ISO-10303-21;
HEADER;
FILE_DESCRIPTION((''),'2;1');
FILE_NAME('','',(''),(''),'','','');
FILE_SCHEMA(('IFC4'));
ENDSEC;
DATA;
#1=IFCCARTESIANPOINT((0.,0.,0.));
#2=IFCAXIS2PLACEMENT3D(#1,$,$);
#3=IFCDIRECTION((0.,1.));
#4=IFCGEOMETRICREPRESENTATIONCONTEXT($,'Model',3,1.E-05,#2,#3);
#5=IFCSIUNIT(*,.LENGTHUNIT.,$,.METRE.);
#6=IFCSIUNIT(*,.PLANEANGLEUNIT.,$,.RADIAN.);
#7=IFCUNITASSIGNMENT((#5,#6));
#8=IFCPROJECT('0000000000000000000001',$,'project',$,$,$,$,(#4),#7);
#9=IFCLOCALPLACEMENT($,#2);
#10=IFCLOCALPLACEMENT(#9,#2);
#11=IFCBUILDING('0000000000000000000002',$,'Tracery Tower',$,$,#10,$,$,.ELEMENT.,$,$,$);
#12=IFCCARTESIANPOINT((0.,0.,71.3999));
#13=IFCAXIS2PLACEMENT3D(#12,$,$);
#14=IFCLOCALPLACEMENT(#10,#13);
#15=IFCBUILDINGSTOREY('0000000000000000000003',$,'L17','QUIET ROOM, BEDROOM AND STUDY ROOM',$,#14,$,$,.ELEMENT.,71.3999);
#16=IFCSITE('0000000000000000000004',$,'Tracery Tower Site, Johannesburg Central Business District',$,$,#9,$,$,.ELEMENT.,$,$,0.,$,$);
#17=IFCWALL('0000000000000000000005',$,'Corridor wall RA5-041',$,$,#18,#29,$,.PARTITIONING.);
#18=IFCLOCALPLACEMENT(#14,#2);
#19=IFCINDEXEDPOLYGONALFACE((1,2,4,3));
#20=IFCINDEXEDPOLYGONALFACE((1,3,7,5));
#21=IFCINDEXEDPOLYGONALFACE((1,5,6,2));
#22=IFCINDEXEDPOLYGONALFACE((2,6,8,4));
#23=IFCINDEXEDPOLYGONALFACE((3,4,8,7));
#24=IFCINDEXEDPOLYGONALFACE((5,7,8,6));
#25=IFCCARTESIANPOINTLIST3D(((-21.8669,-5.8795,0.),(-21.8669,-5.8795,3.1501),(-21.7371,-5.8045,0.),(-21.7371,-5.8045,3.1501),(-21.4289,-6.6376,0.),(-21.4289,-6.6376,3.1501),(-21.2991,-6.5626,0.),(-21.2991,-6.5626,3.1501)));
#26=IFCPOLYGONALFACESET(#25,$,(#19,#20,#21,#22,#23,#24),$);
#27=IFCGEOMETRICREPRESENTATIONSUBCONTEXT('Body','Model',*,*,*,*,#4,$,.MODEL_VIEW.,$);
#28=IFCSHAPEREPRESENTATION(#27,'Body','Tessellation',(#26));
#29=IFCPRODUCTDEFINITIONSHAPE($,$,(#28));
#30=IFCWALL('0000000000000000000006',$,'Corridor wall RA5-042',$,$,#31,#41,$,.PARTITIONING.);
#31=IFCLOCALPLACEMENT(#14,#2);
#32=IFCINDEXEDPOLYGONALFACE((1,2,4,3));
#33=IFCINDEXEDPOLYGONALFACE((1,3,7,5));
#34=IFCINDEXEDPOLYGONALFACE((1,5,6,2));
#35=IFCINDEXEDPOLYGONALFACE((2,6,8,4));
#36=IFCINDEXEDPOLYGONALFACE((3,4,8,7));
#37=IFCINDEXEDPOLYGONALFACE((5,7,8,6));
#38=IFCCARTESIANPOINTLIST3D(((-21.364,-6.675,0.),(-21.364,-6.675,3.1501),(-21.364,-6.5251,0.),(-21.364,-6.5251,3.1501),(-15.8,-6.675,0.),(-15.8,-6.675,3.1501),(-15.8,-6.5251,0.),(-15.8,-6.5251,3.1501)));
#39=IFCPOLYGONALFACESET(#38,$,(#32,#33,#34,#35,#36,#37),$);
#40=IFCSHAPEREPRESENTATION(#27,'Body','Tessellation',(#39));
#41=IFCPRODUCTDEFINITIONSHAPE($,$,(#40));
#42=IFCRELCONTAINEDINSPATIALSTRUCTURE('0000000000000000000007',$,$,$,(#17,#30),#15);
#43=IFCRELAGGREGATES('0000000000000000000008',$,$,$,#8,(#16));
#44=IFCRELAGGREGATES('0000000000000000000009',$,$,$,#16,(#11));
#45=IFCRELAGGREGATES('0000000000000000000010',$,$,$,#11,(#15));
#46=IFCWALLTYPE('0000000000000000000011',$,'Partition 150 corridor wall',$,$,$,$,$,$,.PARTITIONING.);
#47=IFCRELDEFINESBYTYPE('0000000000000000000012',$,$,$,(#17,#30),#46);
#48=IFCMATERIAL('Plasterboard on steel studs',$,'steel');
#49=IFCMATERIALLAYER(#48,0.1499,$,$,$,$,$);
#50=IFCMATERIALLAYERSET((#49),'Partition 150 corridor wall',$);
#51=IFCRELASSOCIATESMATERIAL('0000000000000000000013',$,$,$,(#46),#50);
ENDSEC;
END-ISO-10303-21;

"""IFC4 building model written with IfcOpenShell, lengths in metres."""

from ifc_helpers import new_model, si_unit, direction, frame, frame_2d, origin, place, context, subcontext, project, spatial, rectangle, extrude, material, layer, layer_set, type_object, element, save


model = new_model("IFC4")

# Units and contexts
model_context = context("Model", 3, precision=1e-05, world=origin(), true_north=direction((0.0, 1.0)))
body_context = subcontext(model_context, "Body", "Model", "MODEL_VIEW")
ifc_project = project(units=[si_unit("LENGTHUNIT", "METRE"), si_unit("PLANEANGLEUNIT", "RADIAN")], contexts=[model_context])

# Site, building, storey
site_placement = place(None, origin())
site = spatial("IfcSite", under=ifc_project, at=site_placement, Name="Tracery Tower Site, Johannesburg Central Business District", CompositionType="ELEMENT", RefElevation=0.0)
building_placement = place(site_placement, origin())
building = spatial("IfcBuilding", under=site, at=building_placement, Name="Tracery Tower", CompositionType="ELEMENT")
storey_placement = place(building_placement, frame((0.0, 0.0, 71.3999)))
storey = spatial("IfcBuildingStorey", under=building, at=storey_placement, Name="L17", Description="QUIET ROOM, BEDROOM AND STUDY ROOM", CompositionType="ELEMENT", Elevation=71.3999)

# Shared definitions
ifc_material_1 = material(Name="Plasterboard on steel studs", Category="steel")
ifc_layer_1 = layer(ifc_material_1, 0.1499)
ifc_layer_set_1 = layer_set([ifc_layer_1], Name="Partition 150 corridor wall")
wall_type_1 = type_object("IfcWallType", Name="Partition 150 corridor wall", PredefinedType="PARTITIONING", material=ifc_layer_set_1)

# Walls
wall_1_placement = place(storey_placement, frame((-21.802, -5.842, 0.0), z_axis=(0.0, 0.0, 1.0), x_axis=(0.500278, -0.865865, 0.0)))
element("IfcWall", 1, at=wall_1_placement, inside=storey, type_object=wall_type_1, Name="Corridor wall RA5-041", PredefinedType="PARTITIONING", context=body_context, shape_type="SweptSolid", body=[
    extrude(rectangle(XDim=0.8755, YDim=0.1499, at=frame_2d((0.4377, 0.0))), origin(), (0.0, 0.0, 1.0), 3.1501),
])
wall_2_placement = place(storey_placement, frame((-21.364, -6.6001, 0.0), z_axis=(0.0, 0.0, 1.0), x_axis=(1.0, 0.0, 0.0)))
element("IfcWall", 2, at=wall_2_placement, inside=storey, type_object=wall_type_1, Name="Corridor wall RA5-042", PredefinedType="PARTITIONING", context=body_context, shape_type="SweptSolid", body=[
    extrude(rectangle(XDim=5.564, YDim=0.1499, at=frame_2d((2.782, 0.0))), origin(), (0.0, 0.0, 1.0), 3.1501),
])

save(model, "model.ifc")
